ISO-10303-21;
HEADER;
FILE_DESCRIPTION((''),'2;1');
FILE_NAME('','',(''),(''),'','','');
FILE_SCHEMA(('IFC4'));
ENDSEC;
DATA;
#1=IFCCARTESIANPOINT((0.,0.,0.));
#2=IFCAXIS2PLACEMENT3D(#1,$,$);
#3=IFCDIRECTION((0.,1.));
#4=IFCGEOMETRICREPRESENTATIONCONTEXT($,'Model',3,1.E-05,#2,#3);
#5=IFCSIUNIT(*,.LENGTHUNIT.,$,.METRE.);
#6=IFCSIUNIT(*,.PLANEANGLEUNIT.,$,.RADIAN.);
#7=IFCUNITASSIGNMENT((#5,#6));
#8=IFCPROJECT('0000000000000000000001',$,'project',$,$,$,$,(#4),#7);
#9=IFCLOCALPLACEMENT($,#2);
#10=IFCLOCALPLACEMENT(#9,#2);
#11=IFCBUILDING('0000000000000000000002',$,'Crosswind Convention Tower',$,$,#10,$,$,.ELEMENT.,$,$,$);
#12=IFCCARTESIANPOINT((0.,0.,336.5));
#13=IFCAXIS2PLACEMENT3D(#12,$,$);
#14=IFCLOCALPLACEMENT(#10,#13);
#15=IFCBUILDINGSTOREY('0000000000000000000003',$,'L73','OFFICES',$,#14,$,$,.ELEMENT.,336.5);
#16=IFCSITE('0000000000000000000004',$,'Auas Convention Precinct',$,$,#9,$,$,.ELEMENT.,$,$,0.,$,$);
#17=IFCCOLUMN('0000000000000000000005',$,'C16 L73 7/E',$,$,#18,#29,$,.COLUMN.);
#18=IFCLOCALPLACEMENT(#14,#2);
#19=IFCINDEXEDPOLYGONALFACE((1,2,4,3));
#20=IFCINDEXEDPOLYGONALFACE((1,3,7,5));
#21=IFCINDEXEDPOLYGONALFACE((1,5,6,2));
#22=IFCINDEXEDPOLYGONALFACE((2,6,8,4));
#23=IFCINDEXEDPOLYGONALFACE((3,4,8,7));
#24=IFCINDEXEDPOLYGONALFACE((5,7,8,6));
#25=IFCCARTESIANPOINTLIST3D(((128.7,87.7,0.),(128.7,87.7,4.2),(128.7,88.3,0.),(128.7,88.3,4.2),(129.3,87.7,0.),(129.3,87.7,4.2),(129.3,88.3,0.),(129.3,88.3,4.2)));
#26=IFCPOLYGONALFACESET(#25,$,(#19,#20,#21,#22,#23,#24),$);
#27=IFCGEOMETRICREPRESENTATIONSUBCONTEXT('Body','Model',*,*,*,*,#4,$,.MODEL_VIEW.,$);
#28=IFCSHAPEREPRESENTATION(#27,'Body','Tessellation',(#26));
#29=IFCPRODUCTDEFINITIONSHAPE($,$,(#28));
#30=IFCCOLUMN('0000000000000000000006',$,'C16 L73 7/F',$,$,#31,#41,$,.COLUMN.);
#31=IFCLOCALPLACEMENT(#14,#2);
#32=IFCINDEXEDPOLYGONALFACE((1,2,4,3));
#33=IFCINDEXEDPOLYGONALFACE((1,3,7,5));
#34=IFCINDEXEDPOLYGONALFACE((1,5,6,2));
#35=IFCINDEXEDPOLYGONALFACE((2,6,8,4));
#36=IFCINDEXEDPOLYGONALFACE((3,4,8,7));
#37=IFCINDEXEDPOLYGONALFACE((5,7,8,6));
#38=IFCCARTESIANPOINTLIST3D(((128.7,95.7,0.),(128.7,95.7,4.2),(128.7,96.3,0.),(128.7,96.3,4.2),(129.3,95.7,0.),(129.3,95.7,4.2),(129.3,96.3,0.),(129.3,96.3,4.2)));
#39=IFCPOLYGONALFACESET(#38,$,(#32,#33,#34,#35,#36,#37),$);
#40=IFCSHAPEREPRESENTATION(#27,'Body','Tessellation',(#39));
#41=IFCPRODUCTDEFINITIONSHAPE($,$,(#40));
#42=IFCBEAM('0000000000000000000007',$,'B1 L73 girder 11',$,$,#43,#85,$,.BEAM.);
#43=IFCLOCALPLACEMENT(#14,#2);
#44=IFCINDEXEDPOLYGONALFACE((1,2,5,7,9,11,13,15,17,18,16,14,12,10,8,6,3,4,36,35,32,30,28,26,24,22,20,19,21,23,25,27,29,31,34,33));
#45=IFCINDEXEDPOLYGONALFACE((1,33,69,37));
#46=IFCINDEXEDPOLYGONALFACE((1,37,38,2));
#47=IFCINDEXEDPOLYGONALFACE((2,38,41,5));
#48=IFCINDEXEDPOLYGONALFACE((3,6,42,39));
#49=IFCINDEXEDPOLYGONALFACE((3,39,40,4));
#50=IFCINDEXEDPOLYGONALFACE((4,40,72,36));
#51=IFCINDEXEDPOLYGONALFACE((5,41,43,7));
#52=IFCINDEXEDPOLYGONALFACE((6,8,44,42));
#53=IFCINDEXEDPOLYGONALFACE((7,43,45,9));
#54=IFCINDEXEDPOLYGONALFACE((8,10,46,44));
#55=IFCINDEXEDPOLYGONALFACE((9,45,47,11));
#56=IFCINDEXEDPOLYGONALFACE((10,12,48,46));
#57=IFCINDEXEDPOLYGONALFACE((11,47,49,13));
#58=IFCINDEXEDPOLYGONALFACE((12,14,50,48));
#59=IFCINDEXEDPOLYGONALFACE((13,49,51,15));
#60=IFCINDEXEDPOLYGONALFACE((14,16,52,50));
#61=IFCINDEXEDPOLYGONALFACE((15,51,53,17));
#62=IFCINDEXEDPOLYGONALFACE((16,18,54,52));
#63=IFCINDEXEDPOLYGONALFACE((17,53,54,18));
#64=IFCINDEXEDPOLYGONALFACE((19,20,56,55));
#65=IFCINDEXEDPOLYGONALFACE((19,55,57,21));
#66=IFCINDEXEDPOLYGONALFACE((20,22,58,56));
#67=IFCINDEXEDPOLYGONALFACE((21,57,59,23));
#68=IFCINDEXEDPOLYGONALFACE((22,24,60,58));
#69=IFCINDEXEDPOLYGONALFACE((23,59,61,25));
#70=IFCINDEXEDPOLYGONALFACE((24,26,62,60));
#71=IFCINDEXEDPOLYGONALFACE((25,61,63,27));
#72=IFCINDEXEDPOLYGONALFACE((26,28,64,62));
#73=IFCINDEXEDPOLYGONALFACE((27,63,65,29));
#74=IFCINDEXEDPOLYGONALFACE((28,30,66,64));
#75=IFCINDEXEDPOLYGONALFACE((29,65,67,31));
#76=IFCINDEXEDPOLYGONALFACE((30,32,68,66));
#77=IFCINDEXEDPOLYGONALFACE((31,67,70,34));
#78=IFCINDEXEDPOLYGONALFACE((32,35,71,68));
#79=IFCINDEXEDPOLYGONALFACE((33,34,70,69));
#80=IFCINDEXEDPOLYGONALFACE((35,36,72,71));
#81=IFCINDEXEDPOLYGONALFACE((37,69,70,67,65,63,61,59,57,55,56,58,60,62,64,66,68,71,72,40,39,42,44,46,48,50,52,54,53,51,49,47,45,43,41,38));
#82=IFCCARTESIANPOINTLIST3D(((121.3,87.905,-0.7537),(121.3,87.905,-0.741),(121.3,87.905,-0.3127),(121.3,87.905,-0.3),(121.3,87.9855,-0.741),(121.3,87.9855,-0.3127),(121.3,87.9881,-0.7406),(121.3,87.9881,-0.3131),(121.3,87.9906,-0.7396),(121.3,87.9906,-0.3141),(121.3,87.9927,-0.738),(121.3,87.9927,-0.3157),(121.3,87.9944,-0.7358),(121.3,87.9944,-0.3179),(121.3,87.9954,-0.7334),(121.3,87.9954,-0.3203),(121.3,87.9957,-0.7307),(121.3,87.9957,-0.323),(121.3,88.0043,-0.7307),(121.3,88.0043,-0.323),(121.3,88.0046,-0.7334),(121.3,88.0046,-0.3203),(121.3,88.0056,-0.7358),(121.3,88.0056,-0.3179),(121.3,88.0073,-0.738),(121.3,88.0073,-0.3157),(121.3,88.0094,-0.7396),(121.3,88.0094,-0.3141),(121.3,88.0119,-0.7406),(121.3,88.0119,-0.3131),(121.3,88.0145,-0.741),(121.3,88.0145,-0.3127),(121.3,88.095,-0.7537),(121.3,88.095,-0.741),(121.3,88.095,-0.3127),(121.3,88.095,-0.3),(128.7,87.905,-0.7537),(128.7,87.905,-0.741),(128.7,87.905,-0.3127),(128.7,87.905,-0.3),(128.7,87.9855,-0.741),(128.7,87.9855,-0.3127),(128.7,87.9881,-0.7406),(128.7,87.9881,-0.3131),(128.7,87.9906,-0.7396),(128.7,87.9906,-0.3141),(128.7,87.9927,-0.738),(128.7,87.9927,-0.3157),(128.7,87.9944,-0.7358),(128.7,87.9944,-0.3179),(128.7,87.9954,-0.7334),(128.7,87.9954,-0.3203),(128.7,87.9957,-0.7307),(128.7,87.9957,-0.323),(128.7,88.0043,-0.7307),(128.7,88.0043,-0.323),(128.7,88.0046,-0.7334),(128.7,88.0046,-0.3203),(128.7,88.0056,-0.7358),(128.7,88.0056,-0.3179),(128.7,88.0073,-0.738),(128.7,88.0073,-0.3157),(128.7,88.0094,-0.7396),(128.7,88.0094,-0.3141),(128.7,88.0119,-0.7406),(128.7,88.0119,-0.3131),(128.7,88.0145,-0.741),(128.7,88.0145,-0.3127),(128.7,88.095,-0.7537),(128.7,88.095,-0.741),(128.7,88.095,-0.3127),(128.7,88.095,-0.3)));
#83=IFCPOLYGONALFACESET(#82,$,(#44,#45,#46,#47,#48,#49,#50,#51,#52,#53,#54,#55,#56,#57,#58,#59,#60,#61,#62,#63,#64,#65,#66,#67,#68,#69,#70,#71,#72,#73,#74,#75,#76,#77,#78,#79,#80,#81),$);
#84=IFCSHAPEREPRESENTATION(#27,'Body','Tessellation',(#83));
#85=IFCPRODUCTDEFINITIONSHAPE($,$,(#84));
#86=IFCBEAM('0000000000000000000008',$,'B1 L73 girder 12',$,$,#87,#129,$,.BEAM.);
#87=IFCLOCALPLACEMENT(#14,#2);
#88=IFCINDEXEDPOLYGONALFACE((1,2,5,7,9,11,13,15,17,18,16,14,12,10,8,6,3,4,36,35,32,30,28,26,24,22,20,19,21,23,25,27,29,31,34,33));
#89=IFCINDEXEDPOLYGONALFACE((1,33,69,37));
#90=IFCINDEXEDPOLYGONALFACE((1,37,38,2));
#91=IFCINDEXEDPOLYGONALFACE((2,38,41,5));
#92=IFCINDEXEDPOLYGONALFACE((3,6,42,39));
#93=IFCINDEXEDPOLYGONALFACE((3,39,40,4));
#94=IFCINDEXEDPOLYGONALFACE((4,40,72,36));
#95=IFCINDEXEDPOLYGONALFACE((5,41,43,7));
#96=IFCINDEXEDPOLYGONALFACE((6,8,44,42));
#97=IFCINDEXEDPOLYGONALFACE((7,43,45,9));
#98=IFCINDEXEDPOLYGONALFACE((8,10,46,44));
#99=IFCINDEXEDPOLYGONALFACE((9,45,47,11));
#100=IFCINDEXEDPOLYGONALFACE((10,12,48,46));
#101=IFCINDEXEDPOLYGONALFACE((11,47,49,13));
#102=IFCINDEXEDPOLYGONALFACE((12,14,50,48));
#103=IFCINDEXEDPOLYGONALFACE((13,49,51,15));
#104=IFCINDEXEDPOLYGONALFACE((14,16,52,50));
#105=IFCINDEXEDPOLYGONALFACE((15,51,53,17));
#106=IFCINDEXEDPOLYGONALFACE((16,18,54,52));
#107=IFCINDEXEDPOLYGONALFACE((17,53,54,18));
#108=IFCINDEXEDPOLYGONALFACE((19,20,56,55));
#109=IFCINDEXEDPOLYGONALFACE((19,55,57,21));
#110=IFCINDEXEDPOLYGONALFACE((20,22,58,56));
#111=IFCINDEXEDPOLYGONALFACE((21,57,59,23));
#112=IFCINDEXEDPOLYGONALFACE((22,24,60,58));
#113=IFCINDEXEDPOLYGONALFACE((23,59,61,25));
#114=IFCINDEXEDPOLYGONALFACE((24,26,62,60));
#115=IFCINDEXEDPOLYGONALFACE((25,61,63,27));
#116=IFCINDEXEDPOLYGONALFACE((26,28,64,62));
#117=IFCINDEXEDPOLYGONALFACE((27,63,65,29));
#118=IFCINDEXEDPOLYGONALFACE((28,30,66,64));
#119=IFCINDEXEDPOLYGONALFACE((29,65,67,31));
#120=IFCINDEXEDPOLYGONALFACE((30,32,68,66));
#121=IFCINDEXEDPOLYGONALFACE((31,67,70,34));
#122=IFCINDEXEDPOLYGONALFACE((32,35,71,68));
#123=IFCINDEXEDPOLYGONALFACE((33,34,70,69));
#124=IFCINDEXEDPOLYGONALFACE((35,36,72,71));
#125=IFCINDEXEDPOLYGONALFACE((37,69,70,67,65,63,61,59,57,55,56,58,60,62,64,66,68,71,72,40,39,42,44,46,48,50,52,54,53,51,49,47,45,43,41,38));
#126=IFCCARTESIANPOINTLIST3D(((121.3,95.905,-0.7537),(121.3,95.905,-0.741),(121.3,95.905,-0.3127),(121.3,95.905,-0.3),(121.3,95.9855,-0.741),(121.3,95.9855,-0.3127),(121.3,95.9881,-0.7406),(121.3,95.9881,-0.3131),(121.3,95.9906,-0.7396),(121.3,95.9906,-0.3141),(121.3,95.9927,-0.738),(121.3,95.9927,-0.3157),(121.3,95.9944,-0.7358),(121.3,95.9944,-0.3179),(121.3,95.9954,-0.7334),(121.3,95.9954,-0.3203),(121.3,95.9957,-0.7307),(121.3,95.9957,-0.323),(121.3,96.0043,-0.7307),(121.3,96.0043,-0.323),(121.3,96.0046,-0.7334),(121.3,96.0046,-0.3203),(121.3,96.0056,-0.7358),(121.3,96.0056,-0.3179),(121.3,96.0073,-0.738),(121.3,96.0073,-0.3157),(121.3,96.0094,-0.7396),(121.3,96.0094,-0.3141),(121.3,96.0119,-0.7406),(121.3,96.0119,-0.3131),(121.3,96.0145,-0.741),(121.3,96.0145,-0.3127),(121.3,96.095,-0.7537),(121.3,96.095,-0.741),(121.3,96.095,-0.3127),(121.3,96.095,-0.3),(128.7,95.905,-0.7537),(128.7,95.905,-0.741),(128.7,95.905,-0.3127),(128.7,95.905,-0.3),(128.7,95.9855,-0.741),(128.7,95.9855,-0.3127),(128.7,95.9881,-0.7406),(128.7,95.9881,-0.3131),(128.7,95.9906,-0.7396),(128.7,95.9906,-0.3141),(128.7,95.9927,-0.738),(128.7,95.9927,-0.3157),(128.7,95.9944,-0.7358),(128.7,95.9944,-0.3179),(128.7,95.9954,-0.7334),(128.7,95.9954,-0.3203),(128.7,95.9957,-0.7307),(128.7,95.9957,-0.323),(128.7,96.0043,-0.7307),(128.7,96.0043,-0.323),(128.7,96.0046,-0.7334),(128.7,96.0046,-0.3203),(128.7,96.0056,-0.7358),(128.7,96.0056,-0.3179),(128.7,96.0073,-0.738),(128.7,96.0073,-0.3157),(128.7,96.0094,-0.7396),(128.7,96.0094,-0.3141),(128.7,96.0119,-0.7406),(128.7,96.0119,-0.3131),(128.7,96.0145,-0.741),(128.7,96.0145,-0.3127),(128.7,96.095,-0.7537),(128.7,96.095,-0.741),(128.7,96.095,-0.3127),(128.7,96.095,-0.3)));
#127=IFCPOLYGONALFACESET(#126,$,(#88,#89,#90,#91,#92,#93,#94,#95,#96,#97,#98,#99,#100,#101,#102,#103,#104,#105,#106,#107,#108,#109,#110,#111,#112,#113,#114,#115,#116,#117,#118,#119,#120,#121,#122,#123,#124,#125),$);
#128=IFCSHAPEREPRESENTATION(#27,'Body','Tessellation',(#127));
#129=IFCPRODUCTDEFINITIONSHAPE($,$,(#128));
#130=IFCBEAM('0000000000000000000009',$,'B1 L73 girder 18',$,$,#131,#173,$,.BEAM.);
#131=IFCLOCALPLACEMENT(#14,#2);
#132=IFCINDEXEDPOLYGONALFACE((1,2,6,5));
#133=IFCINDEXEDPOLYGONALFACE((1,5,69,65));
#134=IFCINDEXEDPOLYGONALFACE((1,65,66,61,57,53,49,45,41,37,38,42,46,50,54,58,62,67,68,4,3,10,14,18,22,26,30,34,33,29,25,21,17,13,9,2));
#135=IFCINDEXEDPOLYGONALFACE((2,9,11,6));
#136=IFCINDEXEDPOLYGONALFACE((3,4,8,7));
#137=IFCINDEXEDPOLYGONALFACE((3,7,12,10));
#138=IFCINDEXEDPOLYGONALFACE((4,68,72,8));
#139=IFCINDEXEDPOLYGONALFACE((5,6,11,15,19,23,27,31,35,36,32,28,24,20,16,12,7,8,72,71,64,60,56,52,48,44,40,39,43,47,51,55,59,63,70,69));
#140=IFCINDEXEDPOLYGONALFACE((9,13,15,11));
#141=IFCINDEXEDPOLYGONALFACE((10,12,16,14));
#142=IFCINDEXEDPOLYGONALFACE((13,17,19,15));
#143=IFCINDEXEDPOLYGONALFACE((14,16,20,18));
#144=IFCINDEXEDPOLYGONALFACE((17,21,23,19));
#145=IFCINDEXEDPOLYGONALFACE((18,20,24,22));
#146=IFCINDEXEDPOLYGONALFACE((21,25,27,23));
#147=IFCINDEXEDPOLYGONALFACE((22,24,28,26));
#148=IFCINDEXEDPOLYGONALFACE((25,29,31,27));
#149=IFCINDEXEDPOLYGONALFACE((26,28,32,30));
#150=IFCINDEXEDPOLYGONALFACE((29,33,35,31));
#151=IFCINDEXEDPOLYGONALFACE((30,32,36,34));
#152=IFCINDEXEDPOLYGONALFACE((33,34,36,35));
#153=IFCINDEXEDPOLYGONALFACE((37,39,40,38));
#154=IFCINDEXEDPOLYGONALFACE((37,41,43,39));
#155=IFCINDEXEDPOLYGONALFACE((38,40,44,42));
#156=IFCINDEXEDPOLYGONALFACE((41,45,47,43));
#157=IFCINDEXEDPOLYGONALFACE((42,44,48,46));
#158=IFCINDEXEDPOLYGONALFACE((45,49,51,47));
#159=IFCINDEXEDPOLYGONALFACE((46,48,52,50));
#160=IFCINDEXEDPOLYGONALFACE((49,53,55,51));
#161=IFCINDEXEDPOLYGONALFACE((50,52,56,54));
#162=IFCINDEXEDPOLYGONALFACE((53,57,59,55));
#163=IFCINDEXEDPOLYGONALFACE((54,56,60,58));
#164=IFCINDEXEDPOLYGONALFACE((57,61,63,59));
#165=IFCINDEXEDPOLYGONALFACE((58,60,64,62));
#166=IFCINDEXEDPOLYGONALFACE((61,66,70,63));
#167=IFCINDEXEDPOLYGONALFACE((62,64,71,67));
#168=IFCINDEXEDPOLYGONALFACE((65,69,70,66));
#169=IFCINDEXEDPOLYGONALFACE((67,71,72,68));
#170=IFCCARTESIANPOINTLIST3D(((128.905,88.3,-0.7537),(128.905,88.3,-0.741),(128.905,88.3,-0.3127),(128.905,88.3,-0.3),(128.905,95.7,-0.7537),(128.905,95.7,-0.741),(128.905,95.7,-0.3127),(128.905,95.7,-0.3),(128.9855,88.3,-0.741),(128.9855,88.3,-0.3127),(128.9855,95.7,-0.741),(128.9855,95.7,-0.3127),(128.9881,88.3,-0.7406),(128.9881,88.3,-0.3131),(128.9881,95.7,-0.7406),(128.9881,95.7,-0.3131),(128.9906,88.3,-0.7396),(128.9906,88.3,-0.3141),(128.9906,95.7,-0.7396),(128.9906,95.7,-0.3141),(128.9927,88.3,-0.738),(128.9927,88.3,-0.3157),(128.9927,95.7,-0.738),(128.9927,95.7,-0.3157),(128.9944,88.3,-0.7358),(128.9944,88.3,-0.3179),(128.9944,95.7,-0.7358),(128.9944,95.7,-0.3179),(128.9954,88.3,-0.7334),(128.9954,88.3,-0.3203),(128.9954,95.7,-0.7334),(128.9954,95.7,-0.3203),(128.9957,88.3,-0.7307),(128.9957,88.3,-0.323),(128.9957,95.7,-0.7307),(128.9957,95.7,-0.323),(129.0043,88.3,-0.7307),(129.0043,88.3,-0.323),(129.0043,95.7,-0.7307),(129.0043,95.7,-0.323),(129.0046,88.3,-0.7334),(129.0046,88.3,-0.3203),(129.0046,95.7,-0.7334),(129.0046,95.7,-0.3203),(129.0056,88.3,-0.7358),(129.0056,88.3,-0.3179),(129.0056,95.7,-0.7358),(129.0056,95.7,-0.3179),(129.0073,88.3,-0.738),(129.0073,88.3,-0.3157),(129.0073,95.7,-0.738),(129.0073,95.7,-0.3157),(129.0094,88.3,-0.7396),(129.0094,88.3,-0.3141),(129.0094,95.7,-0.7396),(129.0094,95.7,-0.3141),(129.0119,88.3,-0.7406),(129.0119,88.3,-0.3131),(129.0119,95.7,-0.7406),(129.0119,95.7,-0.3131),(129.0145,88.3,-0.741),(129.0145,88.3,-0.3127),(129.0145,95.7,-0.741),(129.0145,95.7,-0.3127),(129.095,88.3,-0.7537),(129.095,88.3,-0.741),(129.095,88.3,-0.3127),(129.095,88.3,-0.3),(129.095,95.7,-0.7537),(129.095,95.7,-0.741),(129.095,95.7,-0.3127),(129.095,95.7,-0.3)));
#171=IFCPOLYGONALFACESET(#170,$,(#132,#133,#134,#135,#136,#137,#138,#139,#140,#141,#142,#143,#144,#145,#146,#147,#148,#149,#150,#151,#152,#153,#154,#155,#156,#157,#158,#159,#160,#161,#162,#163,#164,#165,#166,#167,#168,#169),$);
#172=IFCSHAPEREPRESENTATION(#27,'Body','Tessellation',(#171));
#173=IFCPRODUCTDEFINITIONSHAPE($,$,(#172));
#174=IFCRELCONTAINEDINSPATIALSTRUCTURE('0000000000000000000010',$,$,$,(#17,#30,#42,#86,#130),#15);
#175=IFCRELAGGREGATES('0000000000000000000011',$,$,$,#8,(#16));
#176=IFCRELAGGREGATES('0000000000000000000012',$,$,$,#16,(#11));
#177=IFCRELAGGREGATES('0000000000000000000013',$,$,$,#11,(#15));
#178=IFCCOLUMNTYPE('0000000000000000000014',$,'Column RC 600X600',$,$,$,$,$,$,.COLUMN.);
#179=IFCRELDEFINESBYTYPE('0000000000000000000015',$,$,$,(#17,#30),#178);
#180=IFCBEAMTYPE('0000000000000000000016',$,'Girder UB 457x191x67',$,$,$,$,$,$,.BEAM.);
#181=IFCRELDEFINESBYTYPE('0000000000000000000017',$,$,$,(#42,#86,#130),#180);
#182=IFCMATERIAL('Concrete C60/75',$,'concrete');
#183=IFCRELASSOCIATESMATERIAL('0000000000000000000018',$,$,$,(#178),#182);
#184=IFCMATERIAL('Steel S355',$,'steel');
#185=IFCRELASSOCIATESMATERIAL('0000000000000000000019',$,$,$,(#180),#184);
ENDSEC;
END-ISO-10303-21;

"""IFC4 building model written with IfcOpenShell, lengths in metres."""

from ifc_helpers import new_model, si_unit, direction, frame, origin, origin_2d, place, context, subcontext, project, spatial, rectangle, i_section, extrude, material, material_profile, profile_set, type_object, element, save


model = new_model("IFC4")

# Units and contexts
model_context = context("Model", 3, precision=1e-05, world=origin(), true_north=direction((0.0, 1.0)))
body_context = subcontext(model_context, "Body", "Model", "MODEL_VIEW")
ifc_project = project(units=[si_unit("LENGTHUNIT", "METRE"), si_unit("PLANEANGLEUNIT", "RADIAN")], contexts=[model_context])

# Site, building, storey
site_placement = place(None, origin())
site = spatial("IfcSite", under=ifc_project, at=site_placement, Name="Auas Convention Precinct", CompositionType="ELEMENT", RefElevation=0.0)
building_placement = place(site_placement, origin())
building = spatial("IfcBuilding", under=site, at=building_placement, Name="Crosswind Convention Tower", CompositionType="ELEMENT")
storey_placement = place(building_placement, frame((0.0, 0.0, 336.5)))
storey = spatial("IfcBuildingStorey", under=building, at=storey_placement, Name="L73", Description="OFFICES", CompositionType="ELEMENT", Elevation=336.5)

# Columns
ifc_material_1 = material(Name="Concrete C60/75", Category="concrete")
ifc_material_profile_1 = material_profile(ifc_material_1, rectangle(XDim=0.6001, YDim=0.6001, at=origin_2d()), Name="RC 600X600")
ifc_profile_set_1 = profile_set([ifc_material_profile_1], Name="Concrete C60/75")
column_type = type_object("IfcColumnType", Name="Column RC 600X600", PredefinedType="COLUMN", material=ifc_profile_set_1)
for number, where, z_axis, x_axis, name in (
    (1, (129.0, 88.0, 0.0), (0.0, 0.0, 1.0), (1.0, 0.0, 0.0), "C16 L73 7/E"),
    (2, (129.0, 96.0, 0.0), (0.0, 0.0, 1.0), (1.0, 0.0, 0.0), "C16 L73 7/F"),
):
    element("IfcColumn", number, at=place(storey_placement, frame(where, z_axis=z_axis, x_axis=x_axis)), inside=storey, type_object=column_type, Name=name, PredefinedType="COLUMN", context=body_context, shape_type="SweptSolid", body=[
        extrude(rectangle(XDim=0.6001, YDim=0.6001, at=origin_2d()), origin(), (0.0, 0.0, 1.0), 4.2),
    ])

# Beams
ifc_material_2 = material(Name="Steel S355", Category="steel")
ifc_material_profile_2 = material_profile(ifc_material_2, i_section(OverallWidth=0.1899, OverallDepth=0.4536, WebThickness=0.0085, FlangeThickness=0.0127, FilletRadius=0.0103, at=origin_2d()), Name="UB 457x191x67")
ifc_profile_set_2 = profile_set([ifc_material_profile_2], Name="Steel S355")
beam_type_1 = type_object("IfcBeamType", Name="Girder UB 457x191x67", PredefinedType="BEAM", material=ifc_profile_set_2)
for number, where, z_axis, x_axis, name in (
    (3, (121.3, 88.0, -0.5269), (1.0, 0.0, 0.0), (0.0, 1.0, 0.0), "B1 L73 girder 11"),
    (4, (121.3, 96.0, -0.5269), (1.0, 0.0, 0.0), (0.0, 1.0, 0.0), "B1 L73 girder 12"),
    (5, (129.0, 88.3, -0.5269), (0.0, 1.0, 0.0), (-1.0, 0.0, 0.0), "B1 L73 girder 18"),
):
    element("IfcBeam", number, at=place(storey_placement, frame(where, z_axis=z_axis, x_axis=x_axis)), inside=storey, type_object=beam_type_1, Name=name, PredefinedType="BEAM", context=body_context, shape_type="SweptSolid", body=[
        extrude(i_section(OverallWidth=0.1899, OverallDepth=0.4536, WebThickness=0.0085, FlangeThickness=0.0127, FilletRadius=0.0103, at=origin_2d()), origin(), (0.0, 0.0, 1.0), 7.3999),
    ])

save(model, "model.ifc")
